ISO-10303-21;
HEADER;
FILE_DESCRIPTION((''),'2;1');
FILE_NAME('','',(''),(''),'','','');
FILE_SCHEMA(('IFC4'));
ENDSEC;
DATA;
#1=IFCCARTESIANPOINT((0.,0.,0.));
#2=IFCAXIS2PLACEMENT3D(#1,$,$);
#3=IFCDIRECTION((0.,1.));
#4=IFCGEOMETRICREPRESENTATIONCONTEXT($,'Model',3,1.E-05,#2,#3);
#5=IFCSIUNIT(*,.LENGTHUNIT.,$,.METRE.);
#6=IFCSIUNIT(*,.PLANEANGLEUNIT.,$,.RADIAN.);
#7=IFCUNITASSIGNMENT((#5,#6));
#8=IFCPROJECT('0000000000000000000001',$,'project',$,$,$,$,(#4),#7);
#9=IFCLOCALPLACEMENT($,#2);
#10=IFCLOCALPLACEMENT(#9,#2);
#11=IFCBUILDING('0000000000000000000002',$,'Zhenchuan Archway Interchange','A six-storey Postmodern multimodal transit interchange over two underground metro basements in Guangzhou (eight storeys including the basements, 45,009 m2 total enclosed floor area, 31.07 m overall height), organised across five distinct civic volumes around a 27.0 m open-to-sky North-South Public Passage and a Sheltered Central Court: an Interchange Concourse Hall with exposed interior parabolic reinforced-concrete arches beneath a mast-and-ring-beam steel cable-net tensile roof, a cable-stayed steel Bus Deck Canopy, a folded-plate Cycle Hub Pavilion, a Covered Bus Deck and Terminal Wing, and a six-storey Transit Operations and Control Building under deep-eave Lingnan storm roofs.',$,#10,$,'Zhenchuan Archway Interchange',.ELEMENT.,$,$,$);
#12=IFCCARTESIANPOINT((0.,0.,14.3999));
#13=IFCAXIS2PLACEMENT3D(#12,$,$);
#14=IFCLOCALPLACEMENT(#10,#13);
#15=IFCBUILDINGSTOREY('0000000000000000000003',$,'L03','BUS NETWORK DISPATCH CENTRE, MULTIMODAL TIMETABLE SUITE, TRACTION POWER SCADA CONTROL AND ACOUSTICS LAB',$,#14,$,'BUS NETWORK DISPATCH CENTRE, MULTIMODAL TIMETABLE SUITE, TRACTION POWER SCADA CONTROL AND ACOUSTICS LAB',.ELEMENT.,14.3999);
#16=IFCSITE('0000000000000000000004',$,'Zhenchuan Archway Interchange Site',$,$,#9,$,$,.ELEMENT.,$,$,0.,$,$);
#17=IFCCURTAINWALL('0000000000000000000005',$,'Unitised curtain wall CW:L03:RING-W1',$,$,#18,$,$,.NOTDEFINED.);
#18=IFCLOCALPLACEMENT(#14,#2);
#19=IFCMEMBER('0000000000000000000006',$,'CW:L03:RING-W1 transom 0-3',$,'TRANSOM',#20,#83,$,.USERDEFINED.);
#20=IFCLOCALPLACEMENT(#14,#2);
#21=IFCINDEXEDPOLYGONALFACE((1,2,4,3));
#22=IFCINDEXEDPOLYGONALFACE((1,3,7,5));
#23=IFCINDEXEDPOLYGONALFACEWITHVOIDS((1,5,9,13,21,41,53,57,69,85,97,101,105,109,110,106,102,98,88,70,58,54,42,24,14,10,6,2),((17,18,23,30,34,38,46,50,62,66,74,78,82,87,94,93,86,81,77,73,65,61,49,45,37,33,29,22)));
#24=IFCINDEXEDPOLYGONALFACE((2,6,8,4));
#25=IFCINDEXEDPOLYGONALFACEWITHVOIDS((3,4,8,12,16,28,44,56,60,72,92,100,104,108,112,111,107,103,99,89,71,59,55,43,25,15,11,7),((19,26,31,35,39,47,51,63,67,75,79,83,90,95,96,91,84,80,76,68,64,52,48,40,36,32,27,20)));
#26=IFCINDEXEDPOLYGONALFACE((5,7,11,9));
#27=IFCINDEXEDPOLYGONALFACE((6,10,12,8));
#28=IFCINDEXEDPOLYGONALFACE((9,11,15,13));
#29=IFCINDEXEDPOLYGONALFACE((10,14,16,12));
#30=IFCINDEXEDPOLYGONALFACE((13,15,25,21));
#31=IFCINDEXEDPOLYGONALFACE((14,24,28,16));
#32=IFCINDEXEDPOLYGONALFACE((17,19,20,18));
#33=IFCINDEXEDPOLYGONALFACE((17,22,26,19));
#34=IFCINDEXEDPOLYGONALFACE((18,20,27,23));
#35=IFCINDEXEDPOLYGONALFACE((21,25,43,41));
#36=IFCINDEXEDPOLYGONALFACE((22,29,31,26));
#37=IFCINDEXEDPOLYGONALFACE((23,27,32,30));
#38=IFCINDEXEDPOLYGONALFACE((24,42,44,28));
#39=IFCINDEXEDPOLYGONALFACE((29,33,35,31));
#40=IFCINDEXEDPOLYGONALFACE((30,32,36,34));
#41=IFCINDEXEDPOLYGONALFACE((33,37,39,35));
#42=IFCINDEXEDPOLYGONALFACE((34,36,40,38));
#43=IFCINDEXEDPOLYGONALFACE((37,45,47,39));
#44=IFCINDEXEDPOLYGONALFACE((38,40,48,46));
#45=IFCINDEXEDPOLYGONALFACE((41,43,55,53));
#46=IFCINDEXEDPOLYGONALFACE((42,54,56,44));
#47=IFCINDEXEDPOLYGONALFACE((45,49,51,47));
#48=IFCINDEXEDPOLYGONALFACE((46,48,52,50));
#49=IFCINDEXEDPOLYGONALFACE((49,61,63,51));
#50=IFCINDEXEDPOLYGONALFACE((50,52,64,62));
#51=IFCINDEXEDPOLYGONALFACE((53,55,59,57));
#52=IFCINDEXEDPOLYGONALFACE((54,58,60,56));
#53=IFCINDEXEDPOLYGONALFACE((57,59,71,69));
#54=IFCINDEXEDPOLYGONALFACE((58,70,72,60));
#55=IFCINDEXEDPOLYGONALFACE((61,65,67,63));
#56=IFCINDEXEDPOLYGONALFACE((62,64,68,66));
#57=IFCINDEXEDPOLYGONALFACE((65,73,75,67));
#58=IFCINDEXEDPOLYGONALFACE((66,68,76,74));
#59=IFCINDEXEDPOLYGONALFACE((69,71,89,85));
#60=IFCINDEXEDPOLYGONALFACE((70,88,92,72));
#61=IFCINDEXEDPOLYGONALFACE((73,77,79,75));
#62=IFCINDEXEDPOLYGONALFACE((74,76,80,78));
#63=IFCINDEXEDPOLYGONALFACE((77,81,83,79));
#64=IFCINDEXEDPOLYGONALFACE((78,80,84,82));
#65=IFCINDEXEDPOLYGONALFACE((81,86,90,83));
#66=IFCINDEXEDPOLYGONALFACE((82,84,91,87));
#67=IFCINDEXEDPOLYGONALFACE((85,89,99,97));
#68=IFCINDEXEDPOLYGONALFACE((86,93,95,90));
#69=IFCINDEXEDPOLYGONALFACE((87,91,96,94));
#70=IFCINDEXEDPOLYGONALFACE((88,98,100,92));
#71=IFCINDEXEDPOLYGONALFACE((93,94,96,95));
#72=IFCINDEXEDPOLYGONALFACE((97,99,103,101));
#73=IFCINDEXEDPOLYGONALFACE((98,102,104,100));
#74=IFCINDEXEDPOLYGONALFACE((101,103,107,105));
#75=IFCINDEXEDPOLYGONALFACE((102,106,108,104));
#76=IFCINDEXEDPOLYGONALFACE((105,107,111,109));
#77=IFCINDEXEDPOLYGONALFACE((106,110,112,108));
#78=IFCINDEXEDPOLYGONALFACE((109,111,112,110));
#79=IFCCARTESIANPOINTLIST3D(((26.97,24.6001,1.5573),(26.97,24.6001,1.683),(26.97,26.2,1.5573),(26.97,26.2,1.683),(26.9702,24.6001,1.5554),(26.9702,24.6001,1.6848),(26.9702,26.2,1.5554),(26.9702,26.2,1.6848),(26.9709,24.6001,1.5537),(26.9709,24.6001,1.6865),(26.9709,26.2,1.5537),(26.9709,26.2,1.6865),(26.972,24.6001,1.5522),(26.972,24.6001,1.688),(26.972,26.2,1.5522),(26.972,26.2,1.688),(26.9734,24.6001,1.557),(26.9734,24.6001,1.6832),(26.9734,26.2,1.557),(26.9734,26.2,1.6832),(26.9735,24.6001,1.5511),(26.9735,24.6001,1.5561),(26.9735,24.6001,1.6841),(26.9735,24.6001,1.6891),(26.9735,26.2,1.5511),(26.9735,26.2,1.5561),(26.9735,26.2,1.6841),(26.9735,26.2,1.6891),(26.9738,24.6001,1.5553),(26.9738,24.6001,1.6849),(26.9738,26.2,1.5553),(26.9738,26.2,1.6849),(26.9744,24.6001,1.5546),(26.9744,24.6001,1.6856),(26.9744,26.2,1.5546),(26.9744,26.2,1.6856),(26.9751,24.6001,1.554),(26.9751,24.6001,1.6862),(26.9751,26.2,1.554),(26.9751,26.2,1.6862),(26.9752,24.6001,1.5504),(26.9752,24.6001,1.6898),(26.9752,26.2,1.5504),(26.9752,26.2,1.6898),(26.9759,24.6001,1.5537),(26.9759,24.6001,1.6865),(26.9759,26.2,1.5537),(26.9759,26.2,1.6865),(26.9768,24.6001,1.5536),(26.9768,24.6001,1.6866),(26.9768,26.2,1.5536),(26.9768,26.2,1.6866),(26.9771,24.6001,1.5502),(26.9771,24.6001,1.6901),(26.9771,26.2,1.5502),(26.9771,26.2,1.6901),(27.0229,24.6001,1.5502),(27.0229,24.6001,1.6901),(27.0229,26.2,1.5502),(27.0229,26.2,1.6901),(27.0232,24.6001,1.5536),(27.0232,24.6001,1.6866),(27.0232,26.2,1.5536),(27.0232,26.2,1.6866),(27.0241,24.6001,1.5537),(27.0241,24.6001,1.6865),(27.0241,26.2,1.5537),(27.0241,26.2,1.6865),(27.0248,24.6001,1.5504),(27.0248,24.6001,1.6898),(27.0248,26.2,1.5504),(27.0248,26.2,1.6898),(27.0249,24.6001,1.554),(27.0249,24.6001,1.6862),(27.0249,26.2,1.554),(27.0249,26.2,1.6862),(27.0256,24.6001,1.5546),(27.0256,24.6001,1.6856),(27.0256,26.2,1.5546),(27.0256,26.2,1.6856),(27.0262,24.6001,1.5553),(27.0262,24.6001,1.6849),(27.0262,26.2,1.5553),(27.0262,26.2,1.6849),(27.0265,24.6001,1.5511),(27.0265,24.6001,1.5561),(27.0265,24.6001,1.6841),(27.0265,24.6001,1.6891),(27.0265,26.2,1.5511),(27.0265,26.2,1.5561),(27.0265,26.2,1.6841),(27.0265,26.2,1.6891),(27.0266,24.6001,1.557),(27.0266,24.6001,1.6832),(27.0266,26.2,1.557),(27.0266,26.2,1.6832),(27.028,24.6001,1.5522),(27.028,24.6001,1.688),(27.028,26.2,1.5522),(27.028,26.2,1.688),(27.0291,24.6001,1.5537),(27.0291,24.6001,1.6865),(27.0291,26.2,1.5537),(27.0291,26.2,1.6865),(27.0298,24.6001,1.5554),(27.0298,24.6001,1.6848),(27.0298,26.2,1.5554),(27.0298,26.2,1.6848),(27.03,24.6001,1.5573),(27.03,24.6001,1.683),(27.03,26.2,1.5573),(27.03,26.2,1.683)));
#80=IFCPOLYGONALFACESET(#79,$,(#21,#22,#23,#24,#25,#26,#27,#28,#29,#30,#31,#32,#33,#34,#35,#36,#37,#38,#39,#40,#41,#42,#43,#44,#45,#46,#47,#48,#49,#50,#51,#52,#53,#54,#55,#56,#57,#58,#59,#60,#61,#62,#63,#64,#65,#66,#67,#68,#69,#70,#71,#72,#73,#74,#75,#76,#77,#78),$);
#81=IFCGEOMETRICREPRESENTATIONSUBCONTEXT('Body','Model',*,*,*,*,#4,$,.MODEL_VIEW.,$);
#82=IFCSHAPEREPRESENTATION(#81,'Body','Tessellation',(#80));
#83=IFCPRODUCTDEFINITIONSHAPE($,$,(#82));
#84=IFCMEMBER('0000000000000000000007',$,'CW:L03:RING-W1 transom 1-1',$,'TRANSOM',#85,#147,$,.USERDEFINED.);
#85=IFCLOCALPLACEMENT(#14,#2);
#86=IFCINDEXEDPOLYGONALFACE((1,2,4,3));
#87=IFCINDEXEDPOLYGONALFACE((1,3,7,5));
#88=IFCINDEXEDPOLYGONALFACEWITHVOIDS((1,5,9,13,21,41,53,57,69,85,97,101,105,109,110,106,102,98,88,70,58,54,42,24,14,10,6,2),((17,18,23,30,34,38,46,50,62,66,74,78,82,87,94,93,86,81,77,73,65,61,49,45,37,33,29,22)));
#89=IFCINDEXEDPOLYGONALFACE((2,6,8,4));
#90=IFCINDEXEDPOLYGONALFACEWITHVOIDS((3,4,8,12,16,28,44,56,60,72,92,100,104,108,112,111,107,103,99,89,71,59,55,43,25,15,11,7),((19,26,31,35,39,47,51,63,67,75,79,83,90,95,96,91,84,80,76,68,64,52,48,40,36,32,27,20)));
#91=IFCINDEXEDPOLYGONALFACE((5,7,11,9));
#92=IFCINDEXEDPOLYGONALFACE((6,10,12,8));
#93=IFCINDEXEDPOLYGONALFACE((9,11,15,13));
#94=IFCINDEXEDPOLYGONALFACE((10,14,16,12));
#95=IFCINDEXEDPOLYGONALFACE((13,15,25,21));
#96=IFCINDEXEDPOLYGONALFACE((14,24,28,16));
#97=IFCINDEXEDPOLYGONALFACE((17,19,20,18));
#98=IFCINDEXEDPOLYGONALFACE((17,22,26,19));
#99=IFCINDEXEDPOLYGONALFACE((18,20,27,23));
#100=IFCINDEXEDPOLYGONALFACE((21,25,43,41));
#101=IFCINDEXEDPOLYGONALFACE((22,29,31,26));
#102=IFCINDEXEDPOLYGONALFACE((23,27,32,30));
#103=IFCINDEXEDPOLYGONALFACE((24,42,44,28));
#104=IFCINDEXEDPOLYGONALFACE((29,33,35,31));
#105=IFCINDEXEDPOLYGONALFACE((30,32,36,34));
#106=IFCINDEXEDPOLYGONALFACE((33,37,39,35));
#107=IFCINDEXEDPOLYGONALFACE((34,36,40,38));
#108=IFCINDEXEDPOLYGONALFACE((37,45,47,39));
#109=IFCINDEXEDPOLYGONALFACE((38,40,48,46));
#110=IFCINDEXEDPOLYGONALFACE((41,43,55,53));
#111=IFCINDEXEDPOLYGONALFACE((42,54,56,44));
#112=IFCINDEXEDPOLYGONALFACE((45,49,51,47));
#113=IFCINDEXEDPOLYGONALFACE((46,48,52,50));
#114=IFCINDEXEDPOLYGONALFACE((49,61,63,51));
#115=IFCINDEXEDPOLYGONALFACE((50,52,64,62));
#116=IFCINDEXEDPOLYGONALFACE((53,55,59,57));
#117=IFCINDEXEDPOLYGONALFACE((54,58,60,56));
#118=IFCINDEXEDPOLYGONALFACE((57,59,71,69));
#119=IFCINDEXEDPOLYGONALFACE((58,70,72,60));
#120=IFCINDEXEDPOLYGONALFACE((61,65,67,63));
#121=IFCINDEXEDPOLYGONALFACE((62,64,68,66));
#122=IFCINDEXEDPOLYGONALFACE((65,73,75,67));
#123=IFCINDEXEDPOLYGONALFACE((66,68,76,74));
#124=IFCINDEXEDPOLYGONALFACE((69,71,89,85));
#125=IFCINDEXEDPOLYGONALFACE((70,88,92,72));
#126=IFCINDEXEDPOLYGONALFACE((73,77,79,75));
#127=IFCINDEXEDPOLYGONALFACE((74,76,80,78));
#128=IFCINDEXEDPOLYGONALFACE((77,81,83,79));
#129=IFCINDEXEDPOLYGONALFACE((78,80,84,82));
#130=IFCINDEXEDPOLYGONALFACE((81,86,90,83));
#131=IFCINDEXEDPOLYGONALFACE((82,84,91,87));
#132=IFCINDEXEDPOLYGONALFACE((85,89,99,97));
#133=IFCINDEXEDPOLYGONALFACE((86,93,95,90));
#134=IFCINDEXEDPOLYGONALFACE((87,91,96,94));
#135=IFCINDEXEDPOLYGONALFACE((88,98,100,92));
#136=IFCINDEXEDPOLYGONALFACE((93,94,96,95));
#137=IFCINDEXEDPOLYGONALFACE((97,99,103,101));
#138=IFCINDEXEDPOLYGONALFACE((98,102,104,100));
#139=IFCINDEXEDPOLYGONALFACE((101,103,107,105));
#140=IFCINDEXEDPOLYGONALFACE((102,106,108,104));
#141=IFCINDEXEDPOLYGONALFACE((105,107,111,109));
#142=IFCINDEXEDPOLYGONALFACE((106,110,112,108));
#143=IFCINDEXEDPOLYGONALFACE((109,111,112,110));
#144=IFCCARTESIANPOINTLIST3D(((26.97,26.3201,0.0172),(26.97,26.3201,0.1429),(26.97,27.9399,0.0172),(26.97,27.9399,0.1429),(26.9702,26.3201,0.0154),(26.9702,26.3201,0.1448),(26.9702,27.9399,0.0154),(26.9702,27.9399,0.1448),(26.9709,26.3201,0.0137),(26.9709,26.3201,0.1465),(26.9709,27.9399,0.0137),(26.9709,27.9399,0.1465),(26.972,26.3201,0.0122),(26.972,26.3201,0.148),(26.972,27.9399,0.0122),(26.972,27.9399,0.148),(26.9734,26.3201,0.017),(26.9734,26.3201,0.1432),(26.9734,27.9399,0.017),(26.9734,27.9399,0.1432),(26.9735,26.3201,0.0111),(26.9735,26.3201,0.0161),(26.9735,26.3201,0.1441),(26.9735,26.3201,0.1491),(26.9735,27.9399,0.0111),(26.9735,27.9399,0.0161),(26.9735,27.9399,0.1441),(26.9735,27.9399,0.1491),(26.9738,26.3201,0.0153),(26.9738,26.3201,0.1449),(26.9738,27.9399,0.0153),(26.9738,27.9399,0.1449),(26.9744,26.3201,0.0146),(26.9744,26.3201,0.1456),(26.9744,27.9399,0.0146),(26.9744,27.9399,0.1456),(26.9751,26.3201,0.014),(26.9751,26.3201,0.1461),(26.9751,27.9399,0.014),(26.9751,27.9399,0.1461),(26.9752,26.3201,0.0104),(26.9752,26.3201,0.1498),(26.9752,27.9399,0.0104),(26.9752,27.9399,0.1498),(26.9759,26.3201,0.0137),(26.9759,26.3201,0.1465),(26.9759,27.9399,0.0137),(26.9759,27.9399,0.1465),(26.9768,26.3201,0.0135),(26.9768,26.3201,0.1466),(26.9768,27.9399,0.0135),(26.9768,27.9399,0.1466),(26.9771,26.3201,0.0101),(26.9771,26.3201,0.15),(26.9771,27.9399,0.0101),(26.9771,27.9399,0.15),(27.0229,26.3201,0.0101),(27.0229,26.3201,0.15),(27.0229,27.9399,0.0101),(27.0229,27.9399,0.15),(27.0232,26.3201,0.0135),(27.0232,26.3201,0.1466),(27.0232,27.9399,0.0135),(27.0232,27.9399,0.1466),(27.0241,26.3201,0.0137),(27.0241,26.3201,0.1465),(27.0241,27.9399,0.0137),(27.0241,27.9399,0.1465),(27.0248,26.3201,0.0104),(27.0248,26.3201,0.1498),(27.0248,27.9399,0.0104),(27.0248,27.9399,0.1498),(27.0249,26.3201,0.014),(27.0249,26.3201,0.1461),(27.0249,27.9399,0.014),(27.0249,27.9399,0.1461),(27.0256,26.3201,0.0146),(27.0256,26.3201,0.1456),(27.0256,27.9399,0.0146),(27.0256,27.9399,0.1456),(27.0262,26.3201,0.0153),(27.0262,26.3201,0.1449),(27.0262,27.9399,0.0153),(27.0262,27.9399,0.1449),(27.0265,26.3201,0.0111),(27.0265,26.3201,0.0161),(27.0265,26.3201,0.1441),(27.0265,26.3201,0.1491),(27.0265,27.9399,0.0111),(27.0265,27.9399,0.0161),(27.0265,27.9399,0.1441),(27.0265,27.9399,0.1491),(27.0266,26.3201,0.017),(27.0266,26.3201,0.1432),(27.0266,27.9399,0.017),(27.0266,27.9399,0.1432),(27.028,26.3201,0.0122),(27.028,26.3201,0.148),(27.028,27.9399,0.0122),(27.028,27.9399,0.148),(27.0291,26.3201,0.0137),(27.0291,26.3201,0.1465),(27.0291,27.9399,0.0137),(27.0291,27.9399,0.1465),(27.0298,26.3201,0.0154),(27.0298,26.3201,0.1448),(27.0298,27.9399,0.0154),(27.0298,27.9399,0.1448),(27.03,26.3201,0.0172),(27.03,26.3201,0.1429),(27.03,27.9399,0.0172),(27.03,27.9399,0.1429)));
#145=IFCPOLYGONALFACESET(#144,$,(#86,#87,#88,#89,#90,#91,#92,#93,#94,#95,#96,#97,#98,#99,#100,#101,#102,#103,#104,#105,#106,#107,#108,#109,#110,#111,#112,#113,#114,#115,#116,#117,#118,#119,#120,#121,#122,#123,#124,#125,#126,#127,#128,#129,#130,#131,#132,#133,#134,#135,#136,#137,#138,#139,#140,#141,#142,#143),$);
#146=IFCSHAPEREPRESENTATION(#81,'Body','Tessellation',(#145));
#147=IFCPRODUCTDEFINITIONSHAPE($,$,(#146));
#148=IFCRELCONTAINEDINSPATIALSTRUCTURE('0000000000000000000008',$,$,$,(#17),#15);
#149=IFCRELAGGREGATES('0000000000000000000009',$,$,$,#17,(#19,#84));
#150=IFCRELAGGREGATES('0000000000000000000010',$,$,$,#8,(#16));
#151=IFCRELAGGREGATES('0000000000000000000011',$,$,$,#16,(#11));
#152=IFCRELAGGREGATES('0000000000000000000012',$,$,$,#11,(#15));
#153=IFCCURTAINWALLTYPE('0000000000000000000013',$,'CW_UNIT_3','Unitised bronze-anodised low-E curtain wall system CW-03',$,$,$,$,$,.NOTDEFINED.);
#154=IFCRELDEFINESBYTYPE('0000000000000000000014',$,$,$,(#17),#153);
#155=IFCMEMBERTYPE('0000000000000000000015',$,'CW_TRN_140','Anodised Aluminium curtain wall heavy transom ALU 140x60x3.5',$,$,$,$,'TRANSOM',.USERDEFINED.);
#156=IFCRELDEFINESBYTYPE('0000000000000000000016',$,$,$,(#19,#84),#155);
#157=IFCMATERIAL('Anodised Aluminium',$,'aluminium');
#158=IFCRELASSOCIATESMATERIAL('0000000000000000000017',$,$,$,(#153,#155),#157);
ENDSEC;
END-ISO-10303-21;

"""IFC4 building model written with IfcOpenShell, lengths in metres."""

from ifc_helpers import new_model, si_unit, direction, frame, origin, origin_2d, place, context, subcontext, project, spatial, hollow_rectangle, extrude, material, material_profile, profile_set, type_object, element, aggregate, save


model = new_model("IFC4")

# Units and contexts
model_context = context("Model", 3, precision=1e-05, world=origin(), true_north=direction((0.0, 1.0)))
body_context = subcontext(model_context, "Body", "Model", "MODEL_VIEW")
ifc_project = project(units=[si_unit("LENGTHUNIT", "METRE"), si_unit("PLANEANGLEUNIT", "RADIAN")], contexts=[model_context])

# Site, building, storey
site_placement = place(None, origin())
site = spatial("IfcSite", under=ifc_project, at=site_placement, Name="Zhenchuan Archway Interchange Site", CompositionType="ELEMENT", RefElevation=0.0)
building_placement = place(site_placement, origin())
building = spatial("IfcBuilding", under=site, at=building_placement, Name="Zhenchuan Archway Interchange", Description="A six-storey Postmodern multimodal transit interchange over two underground metro basements in Guangzhou (eight storeys including the basements, 45,009 m2 total enclosed floor area, 31.07 m overall height), organised across five distinct civic volumes around a 27.0 m open-to-sky North-South Public Passage and a Sheltered Central Court: an Interchange Concourse Hall with exposed interior parabolic reinforced-concrete arches beneath a mast-and-ring-beam steel cable-net tensile roof, a cable-stayed steel Bus Deck Canopy, a folded-plate Cycle Hub Pavilion, a Covered Bus Deck and Terminal Wing, and a six-storey Transit Operations and Control Building under deep-eave Lingnan storm roofs.", LongName="Zhenchuan Archway Interchange", CompositionType="ELEMENT")
storey_placement = place(building_placement, frame((0.0, 0.0, 14.3999)))
storey = spatial("IfcBuildingStorey", under=building, at=storey_placement, Name="L03", Description="BUS NETWORK DISPATCH CENTRE, MULTIMODAL TIMETABLE SUITE, TRACTION POWER SCADA CONTROL AND ACOUSTICS LAB", LongName="BUS NETWORK DISPATCH CENTRE, MULTIMODAL TIMETABLE SUITE, TRACTION POWER SCADA CONTROL AND ACOUSTICS LAB", CompositionType="ELEMENT", Elevation=14.3999)

# Curtain wall
ifc_material_1 = material(Name="Anodised Aluminium", Category="aluminium")
curtain_wall_type_1 = type_object("IfcCurtainWallType", Name="CW_UNIT_3", Description="Unitised bronze-anodised low-E curtain wall system CW-03", PredefinedType="NOTDEFINED", material=ifc_material_1)
curtain_wall_1_placement = place(storey_placement, origin())
curtain_wall_1 = element("IfcCurtainWall", 1, at=curtain_wall_1_placement, inside=storey, type_object=curtain_wall_type_1, Name="Unitised curtain wall CW:L03:RING-W1", PredefinedType="NOTDEFINED")

# Members
ifc_material_profile_1 = material_profile(ifc_material_1, hollow_rectangle(XDim=0.0601, YDim=0.1399, WallThickness=0.0034, InnerFilletRadius=0.0034, OuterFilletRadius=0.0071, at=origin_2d()), Name="ALU 140x60x3.5")
ifc_profile_set_1 = profile_set([ifc_material_profile_1], Name="Anodised Aluminium")
member_type_1 = type_object("IfcMemberType", Name="CW_TRN_140", Description="Anodised Aluminium curtain wall heavy transom ALU 140x60x3.5", ElementType="TRANSOM", PredefinedType="USERDEFINED", material=ifc_profile_set_1)
member_1_placement = place(storey_placement, frame((27.0, 24.6001, 1.6201), z_axis=(0.0, 1.0, 0.0), x_axis=(-1.0, 0.0, 0.0)))
member_1 = element("IfcMember", 2, at=member_1_placement, type_object=member_type_1, Name="CW:L03:RING-W1 transom 0-3", ObjectType="TRANSOM", PredefinedType="USERDEFINED", context=body_context, shape_type="SweptSolid", body=[
    extrude(hollow_rectangle(XDim=0.0601, YDim=0.1399, WallThickness=0.0034, InnerFilletRadius=0.0034, OuterFilletRadius=0.0071, at=origin_2d()), origin(), (0.0, 0.0, 1.0), 1.5999),
])
member_2_placement = place(storey_placement, frame((27.0, 26.3201, 0.0801), z_axis=(0.0, 1.0, 0.0), x_axis=(-1.0, 0.0, 0.0)))
member_2 = element("IfcMember", 3, at=member_2_placement, type_object=member_type_1, Name="CW:L03:RING-W1 transom 1-1", ObjectType="TRANSOM", PredefinedType="USERDEFINED", context=body_context, shape_type="SweptSolid", body=[
    extrude(hollow_rectangle(XDim=0.0601, YDim=0.1399, WallThickness=0.0034, InnerFilletRadius=0.0034, OuterFilletRadius=0.0071, at=origin_2d()), origin(), (0.0, 0.0, 1.0), 1.6199),
])

aggregate(curtain_wall_1, [member_1, member_2])

save(model, "model.ifc")
